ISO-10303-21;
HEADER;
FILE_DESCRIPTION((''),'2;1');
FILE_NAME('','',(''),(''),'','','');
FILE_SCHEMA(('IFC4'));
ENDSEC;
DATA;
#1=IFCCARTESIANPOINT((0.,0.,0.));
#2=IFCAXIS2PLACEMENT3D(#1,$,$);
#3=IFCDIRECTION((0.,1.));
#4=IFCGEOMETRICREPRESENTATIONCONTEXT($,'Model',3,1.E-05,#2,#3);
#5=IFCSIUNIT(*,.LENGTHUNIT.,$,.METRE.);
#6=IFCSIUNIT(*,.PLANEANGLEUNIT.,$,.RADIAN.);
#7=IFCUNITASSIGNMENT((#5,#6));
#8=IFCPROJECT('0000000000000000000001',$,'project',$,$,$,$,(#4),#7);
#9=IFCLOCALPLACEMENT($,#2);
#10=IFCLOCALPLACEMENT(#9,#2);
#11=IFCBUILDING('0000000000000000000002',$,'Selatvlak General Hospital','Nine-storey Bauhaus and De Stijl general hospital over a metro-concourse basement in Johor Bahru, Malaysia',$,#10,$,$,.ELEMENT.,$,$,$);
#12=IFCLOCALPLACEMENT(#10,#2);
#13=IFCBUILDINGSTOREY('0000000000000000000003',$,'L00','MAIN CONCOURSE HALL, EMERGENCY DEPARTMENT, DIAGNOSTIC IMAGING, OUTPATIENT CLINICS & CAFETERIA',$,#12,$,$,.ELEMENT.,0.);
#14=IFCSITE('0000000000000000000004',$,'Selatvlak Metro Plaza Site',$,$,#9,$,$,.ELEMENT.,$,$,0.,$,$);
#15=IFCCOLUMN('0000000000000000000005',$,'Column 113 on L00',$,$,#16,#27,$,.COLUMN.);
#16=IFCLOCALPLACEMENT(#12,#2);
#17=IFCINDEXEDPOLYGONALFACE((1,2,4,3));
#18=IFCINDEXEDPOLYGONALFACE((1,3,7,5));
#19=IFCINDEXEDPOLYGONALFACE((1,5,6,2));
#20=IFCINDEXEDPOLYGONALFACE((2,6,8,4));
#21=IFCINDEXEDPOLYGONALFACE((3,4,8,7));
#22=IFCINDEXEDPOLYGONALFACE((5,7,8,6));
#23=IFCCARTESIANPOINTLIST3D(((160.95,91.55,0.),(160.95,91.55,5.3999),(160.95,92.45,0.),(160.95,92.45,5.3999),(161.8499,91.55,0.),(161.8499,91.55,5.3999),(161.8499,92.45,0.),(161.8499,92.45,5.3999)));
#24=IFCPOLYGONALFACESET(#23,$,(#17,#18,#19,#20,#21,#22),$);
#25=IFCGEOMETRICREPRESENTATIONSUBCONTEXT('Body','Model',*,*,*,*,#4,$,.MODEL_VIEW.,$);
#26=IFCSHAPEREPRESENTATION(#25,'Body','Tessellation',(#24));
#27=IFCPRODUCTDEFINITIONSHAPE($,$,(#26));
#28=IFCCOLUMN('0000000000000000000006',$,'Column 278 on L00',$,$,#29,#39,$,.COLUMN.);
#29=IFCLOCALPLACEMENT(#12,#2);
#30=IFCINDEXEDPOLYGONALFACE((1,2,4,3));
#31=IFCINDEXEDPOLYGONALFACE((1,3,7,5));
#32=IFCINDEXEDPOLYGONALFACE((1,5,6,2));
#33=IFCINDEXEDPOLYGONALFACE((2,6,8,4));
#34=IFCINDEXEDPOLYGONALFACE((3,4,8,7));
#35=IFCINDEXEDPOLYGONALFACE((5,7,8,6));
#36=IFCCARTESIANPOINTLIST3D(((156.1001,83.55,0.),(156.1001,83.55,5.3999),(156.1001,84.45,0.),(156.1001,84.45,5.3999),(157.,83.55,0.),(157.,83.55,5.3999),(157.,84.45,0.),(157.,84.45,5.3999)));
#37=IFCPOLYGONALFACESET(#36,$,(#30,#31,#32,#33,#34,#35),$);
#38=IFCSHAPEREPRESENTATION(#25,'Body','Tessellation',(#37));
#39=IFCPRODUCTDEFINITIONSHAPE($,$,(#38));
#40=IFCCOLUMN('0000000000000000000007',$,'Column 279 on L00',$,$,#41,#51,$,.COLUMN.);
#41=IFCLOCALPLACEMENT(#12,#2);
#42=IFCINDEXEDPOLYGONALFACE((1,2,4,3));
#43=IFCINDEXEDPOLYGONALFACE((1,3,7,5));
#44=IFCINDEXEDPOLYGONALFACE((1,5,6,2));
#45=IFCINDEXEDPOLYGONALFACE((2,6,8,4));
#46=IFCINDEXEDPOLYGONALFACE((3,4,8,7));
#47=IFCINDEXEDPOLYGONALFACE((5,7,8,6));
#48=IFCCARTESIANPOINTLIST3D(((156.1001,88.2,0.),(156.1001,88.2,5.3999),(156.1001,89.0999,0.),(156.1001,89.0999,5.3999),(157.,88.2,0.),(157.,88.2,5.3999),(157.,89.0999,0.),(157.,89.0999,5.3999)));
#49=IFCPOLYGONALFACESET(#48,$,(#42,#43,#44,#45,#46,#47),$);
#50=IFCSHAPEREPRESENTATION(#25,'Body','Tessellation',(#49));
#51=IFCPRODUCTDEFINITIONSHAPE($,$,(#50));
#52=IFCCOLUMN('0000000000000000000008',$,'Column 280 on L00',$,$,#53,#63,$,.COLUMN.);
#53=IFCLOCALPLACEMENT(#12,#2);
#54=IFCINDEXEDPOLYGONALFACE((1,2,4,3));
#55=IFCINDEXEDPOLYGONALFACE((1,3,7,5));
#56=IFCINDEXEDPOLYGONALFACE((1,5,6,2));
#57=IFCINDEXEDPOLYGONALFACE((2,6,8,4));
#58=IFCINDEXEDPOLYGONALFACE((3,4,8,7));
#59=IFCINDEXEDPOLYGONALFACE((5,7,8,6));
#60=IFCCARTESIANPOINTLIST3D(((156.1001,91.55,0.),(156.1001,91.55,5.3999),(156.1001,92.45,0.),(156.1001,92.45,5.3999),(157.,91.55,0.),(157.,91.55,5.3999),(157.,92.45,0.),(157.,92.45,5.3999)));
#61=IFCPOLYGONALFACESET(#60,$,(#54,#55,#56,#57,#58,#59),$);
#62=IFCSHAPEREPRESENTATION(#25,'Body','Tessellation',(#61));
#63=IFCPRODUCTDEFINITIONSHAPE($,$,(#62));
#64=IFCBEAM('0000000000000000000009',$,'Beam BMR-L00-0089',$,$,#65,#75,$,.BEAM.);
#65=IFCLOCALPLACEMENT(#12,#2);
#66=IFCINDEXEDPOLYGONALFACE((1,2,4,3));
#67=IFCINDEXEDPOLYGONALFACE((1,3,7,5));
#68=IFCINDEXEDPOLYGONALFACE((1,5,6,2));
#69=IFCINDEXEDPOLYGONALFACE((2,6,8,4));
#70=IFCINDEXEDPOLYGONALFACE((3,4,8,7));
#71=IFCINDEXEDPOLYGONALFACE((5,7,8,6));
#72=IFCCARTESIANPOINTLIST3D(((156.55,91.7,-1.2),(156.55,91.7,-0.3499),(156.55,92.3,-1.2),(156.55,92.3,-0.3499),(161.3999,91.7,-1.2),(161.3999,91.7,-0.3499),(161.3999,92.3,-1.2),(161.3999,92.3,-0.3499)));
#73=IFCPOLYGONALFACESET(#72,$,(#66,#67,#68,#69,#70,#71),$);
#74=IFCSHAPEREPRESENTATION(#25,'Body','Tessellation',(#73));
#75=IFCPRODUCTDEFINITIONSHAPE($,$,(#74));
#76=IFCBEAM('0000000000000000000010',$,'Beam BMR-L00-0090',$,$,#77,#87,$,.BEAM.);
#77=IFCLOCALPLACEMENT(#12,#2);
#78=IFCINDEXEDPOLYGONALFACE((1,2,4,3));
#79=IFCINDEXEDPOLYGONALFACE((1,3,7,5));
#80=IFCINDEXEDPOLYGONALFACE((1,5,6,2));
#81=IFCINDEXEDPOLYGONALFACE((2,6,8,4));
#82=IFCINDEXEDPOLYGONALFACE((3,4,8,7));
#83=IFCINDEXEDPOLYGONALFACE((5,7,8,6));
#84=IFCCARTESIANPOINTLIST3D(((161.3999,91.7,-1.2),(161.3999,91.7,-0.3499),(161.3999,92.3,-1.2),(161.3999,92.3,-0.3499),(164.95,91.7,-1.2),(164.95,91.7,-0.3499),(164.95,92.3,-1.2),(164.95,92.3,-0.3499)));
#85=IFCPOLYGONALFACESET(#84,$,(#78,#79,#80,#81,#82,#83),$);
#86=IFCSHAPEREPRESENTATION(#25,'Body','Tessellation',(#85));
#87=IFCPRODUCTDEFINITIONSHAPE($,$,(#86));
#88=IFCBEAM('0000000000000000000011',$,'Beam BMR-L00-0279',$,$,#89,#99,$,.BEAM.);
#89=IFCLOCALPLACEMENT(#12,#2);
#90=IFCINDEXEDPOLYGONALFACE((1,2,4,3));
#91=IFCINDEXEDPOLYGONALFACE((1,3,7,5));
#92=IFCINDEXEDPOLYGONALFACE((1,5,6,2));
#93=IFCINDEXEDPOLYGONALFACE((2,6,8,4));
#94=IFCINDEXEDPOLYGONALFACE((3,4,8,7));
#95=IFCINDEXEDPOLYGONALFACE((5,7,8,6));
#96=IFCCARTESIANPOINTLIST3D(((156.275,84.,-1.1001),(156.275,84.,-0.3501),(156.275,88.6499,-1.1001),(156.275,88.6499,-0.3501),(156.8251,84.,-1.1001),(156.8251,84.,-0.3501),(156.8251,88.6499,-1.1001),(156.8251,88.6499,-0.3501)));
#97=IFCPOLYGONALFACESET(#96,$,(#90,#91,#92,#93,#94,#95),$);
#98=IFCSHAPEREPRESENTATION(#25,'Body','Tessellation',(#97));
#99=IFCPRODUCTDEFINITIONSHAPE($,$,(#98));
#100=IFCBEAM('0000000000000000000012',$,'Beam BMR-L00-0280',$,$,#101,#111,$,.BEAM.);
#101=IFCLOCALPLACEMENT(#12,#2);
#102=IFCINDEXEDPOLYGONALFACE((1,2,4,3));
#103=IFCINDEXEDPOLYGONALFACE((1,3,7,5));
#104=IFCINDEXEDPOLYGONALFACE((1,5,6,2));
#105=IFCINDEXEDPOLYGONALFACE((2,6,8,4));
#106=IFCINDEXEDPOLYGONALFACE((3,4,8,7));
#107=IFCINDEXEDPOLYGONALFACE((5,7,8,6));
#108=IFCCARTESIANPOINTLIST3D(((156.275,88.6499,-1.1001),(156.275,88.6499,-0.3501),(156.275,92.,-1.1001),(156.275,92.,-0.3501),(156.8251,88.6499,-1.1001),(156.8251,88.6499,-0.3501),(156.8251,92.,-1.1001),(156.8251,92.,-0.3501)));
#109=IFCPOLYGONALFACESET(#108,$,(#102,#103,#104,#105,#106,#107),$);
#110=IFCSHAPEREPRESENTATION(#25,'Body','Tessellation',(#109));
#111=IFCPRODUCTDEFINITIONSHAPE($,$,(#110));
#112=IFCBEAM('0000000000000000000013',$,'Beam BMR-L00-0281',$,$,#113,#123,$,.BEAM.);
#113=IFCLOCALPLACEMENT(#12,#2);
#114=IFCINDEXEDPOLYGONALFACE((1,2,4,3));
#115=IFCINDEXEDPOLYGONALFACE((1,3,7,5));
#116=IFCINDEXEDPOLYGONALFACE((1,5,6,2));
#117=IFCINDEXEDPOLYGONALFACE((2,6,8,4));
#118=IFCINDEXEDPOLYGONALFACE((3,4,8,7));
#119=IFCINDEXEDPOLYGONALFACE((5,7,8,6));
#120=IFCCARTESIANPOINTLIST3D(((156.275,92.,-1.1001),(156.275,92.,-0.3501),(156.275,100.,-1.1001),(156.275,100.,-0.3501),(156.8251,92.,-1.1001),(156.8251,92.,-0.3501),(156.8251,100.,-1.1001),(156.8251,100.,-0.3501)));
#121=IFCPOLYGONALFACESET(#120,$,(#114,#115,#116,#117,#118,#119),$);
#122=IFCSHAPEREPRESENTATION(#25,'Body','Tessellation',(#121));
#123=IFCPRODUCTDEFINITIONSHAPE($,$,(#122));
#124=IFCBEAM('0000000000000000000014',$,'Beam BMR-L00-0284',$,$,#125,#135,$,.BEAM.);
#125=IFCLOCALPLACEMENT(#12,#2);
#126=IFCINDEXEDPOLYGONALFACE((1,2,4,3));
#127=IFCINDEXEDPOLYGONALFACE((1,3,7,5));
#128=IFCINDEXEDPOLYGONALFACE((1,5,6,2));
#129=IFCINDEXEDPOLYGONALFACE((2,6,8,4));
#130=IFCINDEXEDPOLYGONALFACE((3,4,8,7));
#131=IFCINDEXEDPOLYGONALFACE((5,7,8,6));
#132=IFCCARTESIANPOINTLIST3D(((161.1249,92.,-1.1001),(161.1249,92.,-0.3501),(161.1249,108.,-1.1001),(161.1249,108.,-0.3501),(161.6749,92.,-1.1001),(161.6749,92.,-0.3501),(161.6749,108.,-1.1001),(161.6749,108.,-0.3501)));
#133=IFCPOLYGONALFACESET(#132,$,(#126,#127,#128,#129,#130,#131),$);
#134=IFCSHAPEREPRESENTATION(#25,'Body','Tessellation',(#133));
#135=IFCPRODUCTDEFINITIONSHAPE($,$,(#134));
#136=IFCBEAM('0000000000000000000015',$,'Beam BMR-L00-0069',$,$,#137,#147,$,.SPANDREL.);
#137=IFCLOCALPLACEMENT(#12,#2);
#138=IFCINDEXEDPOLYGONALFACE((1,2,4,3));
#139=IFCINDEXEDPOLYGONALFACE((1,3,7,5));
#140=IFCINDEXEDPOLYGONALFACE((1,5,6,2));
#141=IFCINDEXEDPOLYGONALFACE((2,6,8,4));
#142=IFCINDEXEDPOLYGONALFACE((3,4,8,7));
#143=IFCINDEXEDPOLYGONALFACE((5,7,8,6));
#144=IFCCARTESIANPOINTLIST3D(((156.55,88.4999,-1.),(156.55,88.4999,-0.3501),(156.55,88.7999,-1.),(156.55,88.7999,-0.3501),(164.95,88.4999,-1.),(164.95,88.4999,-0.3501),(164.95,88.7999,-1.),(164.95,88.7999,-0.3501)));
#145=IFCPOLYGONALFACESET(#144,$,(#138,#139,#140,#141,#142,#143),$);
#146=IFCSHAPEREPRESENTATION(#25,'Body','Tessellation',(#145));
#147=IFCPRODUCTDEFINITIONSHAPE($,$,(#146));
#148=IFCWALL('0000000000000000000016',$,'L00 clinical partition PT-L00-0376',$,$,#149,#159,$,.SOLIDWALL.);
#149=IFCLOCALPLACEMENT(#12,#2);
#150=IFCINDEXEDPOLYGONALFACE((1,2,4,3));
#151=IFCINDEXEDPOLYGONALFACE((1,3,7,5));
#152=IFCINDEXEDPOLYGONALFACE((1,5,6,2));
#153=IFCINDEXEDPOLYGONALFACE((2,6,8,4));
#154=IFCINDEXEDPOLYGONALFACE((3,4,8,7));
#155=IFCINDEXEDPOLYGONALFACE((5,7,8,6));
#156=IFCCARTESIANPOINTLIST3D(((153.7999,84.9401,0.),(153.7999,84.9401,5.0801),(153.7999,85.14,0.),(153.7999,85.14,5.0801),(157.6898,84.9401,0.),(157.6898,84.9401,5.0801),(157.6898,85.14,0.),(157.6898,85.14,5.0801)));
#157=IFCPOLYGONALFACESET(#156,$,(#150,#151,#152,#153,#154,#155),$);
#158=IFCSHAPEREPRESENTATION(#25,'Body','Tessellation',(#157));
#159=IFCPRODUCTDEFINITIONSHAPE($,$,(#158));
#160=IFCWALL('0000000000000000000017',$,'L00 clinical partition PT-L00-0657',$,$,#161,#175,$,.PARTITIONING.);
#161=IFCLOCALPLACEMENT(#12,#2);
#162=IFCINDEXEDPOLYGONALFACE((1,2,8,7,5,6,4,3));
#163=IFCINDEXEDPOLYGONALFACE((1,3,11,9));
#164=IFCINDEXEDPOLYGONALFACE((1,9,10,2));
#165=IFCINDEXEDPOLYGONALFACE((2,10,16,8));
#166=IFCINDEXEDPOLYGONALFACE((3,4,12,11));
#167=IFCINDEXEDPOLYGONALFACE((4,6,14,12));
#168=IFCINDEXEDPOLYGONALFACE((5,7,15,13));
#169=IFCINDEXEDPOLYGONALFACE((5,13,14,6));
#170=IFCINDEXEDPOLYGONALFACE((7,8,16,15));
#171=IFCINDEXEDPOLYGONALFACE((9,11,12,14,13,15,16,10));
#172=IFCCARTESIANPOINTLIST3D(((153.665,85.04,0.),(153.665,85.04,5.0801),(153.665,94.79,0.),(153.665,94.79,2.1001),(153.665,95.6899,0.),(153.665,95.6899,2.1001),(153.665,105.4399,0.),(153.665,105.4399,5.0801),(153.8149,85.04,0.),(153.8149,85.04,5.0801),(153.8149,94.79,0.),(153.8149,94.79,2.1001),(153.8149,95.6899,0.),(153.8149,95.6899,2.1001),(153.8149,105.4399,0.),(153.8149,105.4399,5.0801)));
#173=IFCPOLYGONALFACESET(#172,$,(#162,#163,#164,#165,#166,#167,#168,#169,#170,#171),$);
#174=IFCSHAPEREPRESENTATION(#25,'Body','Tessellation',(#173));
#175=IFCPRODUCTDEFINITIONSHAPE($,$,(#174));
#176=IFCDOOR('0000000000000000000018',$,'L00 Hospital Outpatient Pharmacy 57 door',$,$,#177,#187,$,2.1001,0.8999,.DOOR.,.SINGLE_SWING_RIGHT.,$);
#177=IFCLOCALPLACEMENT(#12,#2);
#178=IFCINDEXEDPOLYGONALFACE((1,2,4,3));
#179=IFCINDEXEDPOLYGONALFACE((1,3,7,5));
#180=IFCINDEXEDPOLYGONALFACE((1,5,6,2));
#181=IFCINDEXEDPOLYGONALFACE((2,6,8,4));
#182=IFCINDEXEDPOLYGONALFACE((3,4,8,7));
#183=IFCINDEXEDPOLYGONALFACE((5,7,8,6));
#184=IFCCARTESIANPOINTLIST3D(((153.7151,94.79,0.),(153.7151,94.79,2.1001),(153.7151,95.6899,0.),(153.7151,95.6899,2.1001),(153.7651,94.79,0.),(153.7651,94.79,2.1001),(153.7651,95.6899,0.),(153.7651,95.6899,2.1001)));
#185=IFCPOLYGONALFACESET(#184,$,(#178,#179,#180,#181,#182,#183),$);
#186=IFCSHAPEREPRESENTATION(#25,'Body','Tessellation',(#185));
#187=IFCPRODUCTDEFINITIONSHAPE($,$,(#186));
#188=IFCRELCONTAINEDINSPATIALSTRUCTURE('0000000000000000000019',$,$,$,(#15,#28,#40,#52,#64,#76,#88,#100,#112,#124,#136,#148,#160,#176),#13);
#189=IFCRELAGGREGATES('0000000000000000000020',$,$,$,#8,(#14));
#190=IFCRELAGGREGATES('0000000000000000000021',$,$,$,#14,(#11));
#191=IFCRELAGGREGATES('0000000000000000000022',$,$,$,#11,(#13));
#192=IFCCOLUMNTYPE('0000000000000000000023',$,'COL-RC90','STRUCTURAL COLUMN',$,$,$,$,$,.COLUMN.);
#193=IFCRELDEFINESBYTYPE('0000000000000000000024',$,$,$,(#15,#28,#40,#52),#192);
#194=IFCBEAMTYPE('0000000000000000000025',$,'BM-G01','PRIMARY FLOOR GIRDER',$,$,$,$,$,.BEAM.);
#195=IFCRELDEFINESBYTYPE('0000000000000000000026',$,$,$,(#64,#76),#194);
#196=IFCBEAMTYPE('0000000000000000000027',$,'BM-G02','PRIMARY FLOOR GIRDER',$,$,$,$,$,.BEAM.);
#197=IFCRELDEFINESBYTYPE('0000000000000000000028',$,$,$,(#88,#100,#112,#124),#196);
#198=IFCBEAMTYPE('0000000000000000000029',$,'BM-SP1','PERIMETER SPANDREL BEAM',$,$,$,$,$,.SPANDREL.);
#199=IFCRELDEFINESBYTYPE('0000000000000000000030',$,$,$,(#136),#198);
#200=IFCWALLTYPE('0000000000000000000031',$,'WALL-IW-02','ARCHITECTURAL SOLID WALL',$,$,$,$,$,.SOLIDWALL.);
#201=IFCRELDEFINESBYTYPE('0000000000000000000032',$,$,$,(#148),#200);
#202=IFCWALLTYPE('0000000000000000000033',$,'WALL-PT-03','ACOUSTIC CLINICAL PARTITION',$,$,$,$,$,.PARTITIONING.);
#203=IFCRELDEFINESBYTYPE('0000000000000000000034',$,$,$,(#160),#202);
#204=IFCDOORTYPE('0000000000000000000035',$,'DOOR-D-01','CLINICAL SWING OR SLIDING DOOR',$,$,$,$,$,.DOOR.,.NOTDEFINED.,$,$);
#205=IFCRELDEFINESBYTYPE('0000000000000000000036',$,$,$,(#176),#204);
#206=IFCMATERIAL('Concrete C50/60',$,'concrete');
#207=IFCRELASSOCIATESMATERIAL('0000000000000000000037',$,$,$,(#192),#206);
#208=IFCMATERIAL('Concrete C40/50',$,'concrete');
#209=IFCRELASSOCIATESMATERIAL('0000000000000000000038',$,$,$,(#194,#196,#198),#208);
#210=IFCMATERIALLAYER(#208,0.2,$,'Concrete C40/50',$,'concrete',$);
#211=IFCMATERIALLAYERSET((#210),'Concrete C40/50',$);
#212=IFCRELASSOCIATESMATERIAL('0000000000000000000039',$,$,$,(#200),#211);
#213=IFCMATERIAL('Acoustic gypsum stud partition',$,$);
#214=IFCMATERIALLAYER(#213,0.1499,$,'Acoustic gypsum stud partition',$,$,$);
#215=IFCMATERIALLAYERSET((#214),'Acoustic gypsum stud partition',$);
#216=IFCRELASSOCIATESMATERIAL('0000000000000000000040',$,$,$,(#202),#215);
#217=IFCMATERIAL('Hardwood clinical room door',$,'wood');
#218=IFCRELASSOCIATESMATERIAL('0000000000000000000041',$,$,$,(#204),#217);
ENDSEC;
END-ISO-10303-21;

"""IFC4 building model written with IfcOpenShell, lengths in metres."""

from ifc_helpers import new_model, si_unit, direction, frame, frame_2d, origin, origin_2d, place, context, subcontext, project, spatial, rectangle, extrude, material, layer, layer_set, material_profile, profile_set, type_object, element, fill, save


model = new_model("IFC4")

# Units and contexts
model_context = context("Model", 3, precision=1e-05, world=origin(), true_north=direction((0.0, 1.0)))
body_context = subcontext(model_context, "Body", "Model", "MODEL_VIEW")
ifc_project = project(units=[si_unit("LENGTHUNIT", "METRE"), si_unit("PLANEANGLEUNIT", "RADIAN")], contexts=[model_context])

# Site, building, storey
site_placement = place(None, origin())
site = spatial("IfcSite", under=ifc_project, at=site_placement, Name="Selatvlak Metro Plaza Site", CompositionType="ELEMENT", RefElevation=0.0)
building_placement = place(site_placement, origin())
building = spatial("IfcBuilding", under=site, at=building_placement, Name="Selatvlak General Hospital", Description="Nine-storey Bauhaus and De Stijl general hospital over a metro-concourse basement in Johor Bahru, Malaysia", CompositionType="ELEMENT")
storey_placement = place(building_placement, origin())
storey = spatial("IfcBuildingStorey", under=building, at=storey_placement, Name="L00", Description="MAIN CONCOURSE HALL, EMERGENCY DEPARTMENT, DIAGNOSTIC IMAGING, OUTPATIENT CLINICS & CAFETERIA", CompositionType="ELEMENT", Elevation=0.0)

# Columns
ifc_material_1 = material(Name="Concrete C50/60", Category="concrete")
ifc_material_profile_1 = material_profile(ifc_material_1, rectangle(XDim=0.8999, YDim=0.8999, at=origin_2d()), Name="RC-COL 900x900")
ifc_profile_set_1 = profile_set([ifc_material_profile_1], Name="Concrete C50/60")
column_type = type_object("IfcColumnType", Name="COL-RC90", Description="STRUCTURAL COLUMN", PredefinedType="COLUMN", material=ifc_profile_set_1)
for number, where, z_axis, x_axis, name in (
    (1, (161.3999, 92.0, 0.0), (0.0, 0.0, 1.0), (1.0, 0.0, 0.0), "Column 113 on L00"),
    (2, (156.55, 84.0, 0.0), (0.0, 0.0, 1.0), (1.0, 0.0, 0.0), "Column 278 on L00"),
    (3, (156.55, 88.6499, 0.0), (0.0, 0.0, 1.0), (1.0, 0.0, 0.0), "Column 279 on L00"),
    (4, (156.55, 92.0, 0.0), (0.0, 0.0, 1.0), (1.0, 0.0, 0.0), "Column 280 on L00"),
):
    element("IfcColumn", number, at=place(storey_placement, frame(where, z_axis=z_axis, x_axis=x_axis)), inside=storey, type_object=column_type, Name=name, PredefinedType="COLUMN", context=body_context, shape_type="SweptSolid", body=[
        extrude(rectangle(XDim=0.8999, YDim=0.8999, at=origin_2d()), origin(), (0.0, 0.0, 1.0), 5.3999),
    ])

# Beams
ifc_material_2 = material(Name="Concrete C40/50", Category="concrete")
ifc_material_profile_2 = material_profile(ifc_material_2, rectangle(XDim=0.6001, YDim=0.8501, at=origin_2d()), Name="RC-BM 600x850")
ifc_profile_set_2 = profile_set([ifc_material_profile_2], Name="Concrete C40/50")
beam_type_1 = type_object("IfcBeamType", Name="BM-G01", Description="PRIMARY FLOOR GIRDER", PredefinedType="BEAM", material=ifc_profile_set_2)
beam_1_placement = place(storey_placement, frame((156.55, 92.0, -0.7749), z_axis=(1.0, 0.0, 0.0), x_axis=(0.0, 1.0, 0.0)))
element("IfcBeam", 5, at=beam_1_placement, inside=storey, type_object=beam_type_1, Name="Beam BMR-L00-0089", PredefinedType="BEAM", context=body_context, shape_type="SweptSolid", body=[
    extrude(rectangle(XDim=0.6001, YDim=0.8501, at=origin_2d()), origin(), (0.0, 0.0, 1.0), 4.8499),
])
beam_2_placement = place(storey_placement, frame((161.3999, 92.0, -0.7749), z_axis=(1.0, 0.0, 0.0), x_axis=(0.0, 1.0, 0.0)))
element("IfcBeam", 6, at=beam_2_placement, inside=storey, type_object=beam_type_1, Name="Beam BMR-L00-0090", PredefinedType="BEAM", context=body_context, shape_type="SweptSolid", body=[
    extrude(rectangle(XDim=0.6001, YDim=0.8501, at=origin_2d()), origin(), (0.0, 0.0, 1.0), 3.55),
])
ifc_material_profile_3 = material_profile(ifc_material_2, rectangle(XDim=0.55, YDim=0.75, at=origin_2d()), Name="RC-BM 550x750")
ifc_profile_set_3 = profile_set([ifc_material_profile_3], Name="Concrete C40/50")
beam_type_2 = type_object("IfcBeamType", Name="BM-G02", Description="PRIMARY FLOOR GIRDER", PredefinedType="BEAM", material=ifc_profile_set_3)
beam_3_placement = place(storey_placement, frame((156.55, 84.0, -0.7251), z_axis=(0.0, 1.0, 0.0), x_axis=(-1.0, 0.0, 0.0)))
element("IfcBeam", 7, at=beam_3_placement, inside=storey, type_object=beam_type_2, Name="Beam BMR-L00-0279", PredefinedType="BEAM", context=body_context, shape_type="SweptSolid", body=[
    extrude(rectangle(XDim=0.55, YDim=0.75, at=origin_2d()), origin(), (0.0, 0.0, 1.0), 4.6499),
])
beam_4_placement = place(storey_placement, frame((156.55, 88.6499, -0.7251), z_axis=(0.0, 1.0, 0.0), x_axis=(-1.0, 0.0, 0.0)))
element("IfcBeam", 8, at=beam_4_placement, inside=storey, type_object=beam_type_2, Name="Beam BMR-L00-0280", PredefinedType="BEAM", context=body_context, shape_type="SweptSolid", body=[
    extrude(rectangle(XDim=0.55, YDim=0.75, at=origin_2d()), origin(), (0.0, 0.0, 1.0), 3.3501),
])
beam_5_placement = place(storey_placement, frame((156.55, 92.0, -0.7251), z_axis=(0.0, 1.0, 0.0), x_axis=(-1.0, 0.0, 0.0)))
element("IfcBeam", 9, at=beam_5_placement, inside=storey, type_object=beam_type_2, Name="Beam BMR-L00-0281", PredefinedType="BEAM", context=body_context, shape_type="SweptSolid", body=[
    extrude(rectangle(XDim=0.55, YDim=0.75, at=origin_2d()), origin(), (0.0, 0.0, 1.0), 8.0),
])
beam_6_placement = place(storey_placement, frame((161.3999, 92.0, -0.7251), z_axis=(0.0, 1.0, 0.0), x_axis=(-1.0, 0.0, 0.0)))
element("IfcBeam", 10, at=beam_6_placement, inside=storey, type_object=beam_type_2, Name="Beam BMR-L00-0284", PredefinedType="BEAM", context=body_context, shape_type="SweptSolid", body=[
    extrude(rectangle(XDim=0.55, YDim=0.75, at=origin_2d()), origin(), (0.0, 0.0, 1.0), 16.0),
])
ifc_material_profile_4 = material_profile(ifc_material_2, rectangle(XDim=0.3, YDim=0.6499, at=origin_2d()), Name="RC-SP 300x650")
ifc_profile_set_4 = profile_set([ifc_material_profile_4], Name="Concrete C40/50")
beam_type_3 = type_object("IfcBeamType", Name="BM-SP1", Description="PERIMETER SPANDREL BEAM", PredefinedType="SPANDREL", material=ifc_profile_set_4)
beam_7_placement = place(storey_placement, frame((156.55, 88.6499, -0.675), z_axis=(1.0, 0.0, 0.0), x_axis=(0.0, 1.0, 0.0)))
element("IfcBeam", 11, at=beam_7_placement, inside=storey, type_object=beam_type_3, Name="Beam BMR-L00-0069", PredefinedType="SPANDREL", context=body_context, shape_type="SweptSolid", body=[
    extrude(rectangle(XDim=0.3, YDim=0.6499, at=origin_2d()), origin(), (0.0, 0.0, 1.0), 8.3999),
])

# Wall
ifc_layer_1 = layer(ifc_material_2, 0.2, Name="Concrete C40/50", Category="concrete")
ifc_layer_set_1 = layer_set([ifc_layer_1], Name="Concrete C40/50")
wall_type_1 = type_object("IfcWallType", Name="WALL-IW-02", Description="ARCHITECTURAL SOLID WALL", PredefinedType="SOLIDWALL", material=ifc_layer_set_1)
wall_1_placement = place(storey_placement, frame((153.8, 85.04, 0.0), z_axis=(0.0, 0.0, 1.0), x_axis=(1.0, 0.0, 0.0)))
element("IfcWall", 12, at=wall_1_placement, inside=storey, type_object=wall_type_1, Name="L00 clinical partition PT-L00-0376", PredefinedType="SOLIDWALL", context=body_context, shape_type="SweptSolid", body=[
    extrude(rectangle(XDim=3.8899, YDim=0.2, at=frame_2d((1.9448, 0.0))), origin(), (0.0, 0.0, 1.0), 5.0801),
])

# Wall, opening, door
ifc_material_3 = material(Name="Acoustic gypsum stud partition")
ifc_layer_2 = layer(ifc_material_3, 0.1499, Name="Acoustic gypsum stud partition")
ifc_layer_set_2 = layer_set([ifc_layer_2], Name="Acoustic gypsum stud partition")
wall_type_2 = type_object("IfcWallType", Name="WALL-PT-03", Description="ACOUSTIC CLINICAL PARTITION", PredefinedType="PARTITIONING", material=ifc_layer_set_2)
wall_2_placement = place(storey_placement, frame((153.74, 85.04, 0.0), z_axis=(0.0, 0.0, 1.0), x_axis=(0.0, 1.0, 0.0)))
wall_2 = element("IfcWall", 13, at=wall_2_placement, inside=storey, type_object=wall_type_2, Name="L00 clinical partition PT-L00-0657", PredefinedType="PARTITIONING", context=body_context, shape_type="SweptSolid", body=[
    extrude(rectangle(XDim=20.3999, YDim=0.1499, at=frame_2d((10.2, 0.0))), origin(), (0.0, 0.0, 1.0), 5.0801),
])
opening_1_placement = place(wall_2_placement, frame((9.75, 0.0, 0.0)))
opening_1 = element("IfcOpeningElement", 14, at=opening_1_placement, cuts=wall_2, PredefinedType="OPENING", context=body_context, shape_type="SweptSolid", body=[
    extrude(rectangle(XDim=0.8999, YDim=2.1001, at=frame_2d((0.45, 1.05))), frame((0.0, 0.085, 0.0), z_axis=(0.0, -1.0, 0.0), x_axis=(1.0, 0.0, 0.0)), (0.0, 0.0, 1.0), 0.1699),
])
ifc_material_4 = material(Name="Hardwood clinical room door", Category="wood")
door_type_1 = type_object("IfcDoorType", Name="DOOR-D-01", Description="CLINICAL SWING OR SLIDING DOOR", OperationType="NOTDEFINED", PredefinedType="DOOR", material=ifc_material_4)
door_1_placement = place(opening_1_placement, origin())
door_1 = element("IfcDoor", 15, at=door_1_placement, inside=storey, type_object=door_type_1, Name="L00 Hospital Outpatient Pharmacy 57 door", OperationType="SINGLE_SWING_RIGHT", OverallHeight=2.1001, OverallWidth=0.8999, PredefinedType="DOOR", context=body_context, shape_type="SweptSolid", body=[
    extrude(rectangle(XDim=0.8999, YDim=2.1001, at=frame_2d((0.45, 1.05))), frame((0.0, 0.0249, 0.0), z_axis=(0.0, -1.0, 0.0), x_axis=(1.0, 0.0, 0.0)), (0.0, 0.0, 1.0), 0.05),
])
fill(opening_1, door_1)

save(model, "model.ifc")
